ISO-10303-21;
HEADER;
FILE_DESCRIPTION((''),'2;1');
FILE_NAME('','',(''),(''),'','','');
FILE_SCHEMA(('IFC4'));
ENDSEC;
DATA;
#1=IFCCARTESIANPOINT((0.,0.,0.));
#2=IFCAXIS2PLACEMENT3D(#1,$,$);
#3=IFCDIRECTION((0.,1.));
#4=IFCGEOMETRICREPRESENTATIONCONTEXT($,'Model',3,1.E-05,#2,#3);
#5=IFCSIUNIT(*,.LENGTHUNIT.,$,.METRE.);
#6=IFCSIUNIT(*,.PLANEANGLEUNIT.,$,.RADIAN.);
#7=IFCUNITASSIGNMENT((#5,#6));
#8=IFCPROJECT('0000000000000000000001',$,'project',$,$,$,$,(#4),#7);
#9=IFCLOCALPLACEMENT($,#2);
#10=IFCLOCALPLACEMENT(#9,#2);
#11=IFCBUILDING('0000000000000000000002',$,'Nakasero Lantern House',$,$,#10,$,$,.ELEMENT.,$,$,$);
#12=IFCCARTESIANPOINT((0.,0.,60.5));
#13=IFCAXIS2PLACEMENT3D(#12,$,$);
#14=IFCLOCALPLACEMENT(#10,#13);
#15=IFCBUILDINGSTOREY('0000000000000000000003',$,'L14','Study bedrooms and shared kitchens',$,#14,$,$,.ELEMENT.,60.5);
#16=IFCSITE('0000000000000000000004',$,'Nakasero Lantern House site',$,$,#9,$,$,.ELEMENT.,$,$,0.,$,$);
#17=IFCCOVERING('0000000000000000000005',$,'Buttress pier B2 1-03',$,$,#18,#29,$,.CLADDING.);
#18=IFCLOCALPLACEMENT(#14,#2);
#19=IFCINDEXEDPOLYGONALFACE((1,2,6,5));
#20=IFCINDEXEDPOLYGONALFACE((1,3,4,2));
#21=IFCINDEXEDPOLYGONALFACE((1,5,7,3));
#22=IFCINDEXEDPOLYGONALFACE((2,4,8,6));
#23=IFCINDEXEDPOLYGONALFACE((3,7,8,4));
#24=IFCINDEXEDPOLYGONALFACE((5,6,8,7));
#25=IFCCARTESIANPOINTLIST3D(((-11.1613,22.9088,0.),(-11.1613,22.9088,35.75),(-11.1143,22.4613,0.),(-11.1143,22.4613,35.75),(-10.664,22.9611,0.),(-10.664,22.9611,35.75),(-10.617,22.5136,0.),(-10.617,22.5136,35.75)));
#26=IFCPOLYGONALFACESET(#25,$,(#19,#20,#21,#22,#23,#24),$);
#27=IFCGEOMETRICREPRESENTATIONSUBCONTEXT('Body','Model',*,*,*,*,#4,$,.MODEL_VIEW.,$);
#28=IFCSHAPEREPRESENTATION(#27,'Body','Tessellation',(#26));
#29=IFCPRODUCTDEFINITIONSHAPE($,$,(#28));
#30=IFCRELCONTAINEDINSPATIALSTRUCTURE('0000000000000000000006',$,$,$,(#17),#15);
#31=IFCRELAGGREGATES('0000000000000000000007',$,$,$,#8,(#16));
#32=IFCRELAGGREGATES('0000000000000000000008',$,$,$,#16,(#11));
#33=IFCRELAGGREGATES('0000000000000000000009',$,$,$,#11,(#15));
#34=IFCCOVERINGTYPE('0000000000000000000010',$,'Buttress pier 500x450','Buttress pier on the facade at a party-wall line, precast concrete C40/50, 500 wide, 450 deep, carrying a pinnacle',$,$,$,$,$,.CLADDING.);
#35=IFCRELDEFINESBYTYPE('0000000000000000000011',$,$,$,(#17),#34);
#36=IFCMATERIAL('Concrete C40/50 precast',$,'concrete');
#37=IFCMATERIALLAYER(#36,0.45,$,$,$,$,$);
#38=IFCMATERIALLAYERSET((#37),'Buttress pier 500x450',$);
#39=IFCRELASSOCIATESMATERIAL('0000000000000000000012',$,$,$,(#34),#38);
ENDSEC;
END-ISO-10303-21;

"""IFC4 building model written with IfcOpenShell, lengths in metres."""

from ifc_helpers import new_model, si_unit, direction, frame, origin, origin_2d, place, context, subcontext, project, spatial, rectangle, extrude, material, layer, layer_set, type_object, element, save


model = new_model("IFC4")

# Units and contexts
model_context = context("Model", 3, precision=1e-05, world=origin(), true_north=direction((0.0, 1.0)))
body_context = subcontext(model_context, "Body", "Model", "MODEL_VIEW")
ifc_project = project(units=[si_unit("LENGTHUNIT", "METRE"), si_unit("PLANEANGLEUNIT", "RADIAN")], contexts=[model_context])

# Site, building, storey
site_placement = place(None, origin())
site = spatial("IfcSite", under=ifc_project, at=site_placement, Name="Nakasero Lantern House site", CompositionType="ELEMENT", RefElevation=0.0)
building_placement = place(site_placement, origin())
building = spatial("IfcBuilding", under=site, at=building_placement, Name="Nakasero Lantern House", CompositionType="ELEMENT")
storey_placement = place(building_placement, frame((0.0, 0.0, 60.5)))
storey = spatial("IfcBuildingStorey", under=building, at=storey_placement, Name="L14", Description="Study bedrooms and shared kitchens", CompositionType="ELEMENT", Elevation=60.5)

# Covering
ifc_material_1 = material(Name="Concrete C40/50 precast", Category="concrete")
ifc_layer_1 = layer(ifc_material_1, 0.45)
ifc_layer_set_1 = layer_set([ifc_layer_1], Name="Buttress pier 500x450")
covering_type = type_object("IfcCoveringType", Name="Buttress pier 500x450", Description="Buttress pier on the facade at a party-wall line, precast concrete C40/50, 500 wide, 450 deep, carrying a pinnacle", PredefinedType="CLADDING", material=ifc_layer_set_1)
for number, where, z_axis, x_axis, name in (
    (1, (-10.8892, 22.7112, 0.0), (0.0, 0.0, 1.0), (-0.104528, 0.994522, 0.0), "Buttress pier B2 1-03"),
):
    element("IfcCovering", number, at=place(storey_placement, frame(where, z_axis=z_axis, x_axis=x_axis)), inside=storey, type_object=covering_type, Name=name, PredefinedType="CLADDING", context=body_context, shape_type="SweptSolid", body=[
        extrude(rectangle(XDim=0.45, YDim=0.5, at=origin_2d()), origin(), (0.0, 0.0, 1.0), 35.75),
    ])

save(model, "model.ifc")
